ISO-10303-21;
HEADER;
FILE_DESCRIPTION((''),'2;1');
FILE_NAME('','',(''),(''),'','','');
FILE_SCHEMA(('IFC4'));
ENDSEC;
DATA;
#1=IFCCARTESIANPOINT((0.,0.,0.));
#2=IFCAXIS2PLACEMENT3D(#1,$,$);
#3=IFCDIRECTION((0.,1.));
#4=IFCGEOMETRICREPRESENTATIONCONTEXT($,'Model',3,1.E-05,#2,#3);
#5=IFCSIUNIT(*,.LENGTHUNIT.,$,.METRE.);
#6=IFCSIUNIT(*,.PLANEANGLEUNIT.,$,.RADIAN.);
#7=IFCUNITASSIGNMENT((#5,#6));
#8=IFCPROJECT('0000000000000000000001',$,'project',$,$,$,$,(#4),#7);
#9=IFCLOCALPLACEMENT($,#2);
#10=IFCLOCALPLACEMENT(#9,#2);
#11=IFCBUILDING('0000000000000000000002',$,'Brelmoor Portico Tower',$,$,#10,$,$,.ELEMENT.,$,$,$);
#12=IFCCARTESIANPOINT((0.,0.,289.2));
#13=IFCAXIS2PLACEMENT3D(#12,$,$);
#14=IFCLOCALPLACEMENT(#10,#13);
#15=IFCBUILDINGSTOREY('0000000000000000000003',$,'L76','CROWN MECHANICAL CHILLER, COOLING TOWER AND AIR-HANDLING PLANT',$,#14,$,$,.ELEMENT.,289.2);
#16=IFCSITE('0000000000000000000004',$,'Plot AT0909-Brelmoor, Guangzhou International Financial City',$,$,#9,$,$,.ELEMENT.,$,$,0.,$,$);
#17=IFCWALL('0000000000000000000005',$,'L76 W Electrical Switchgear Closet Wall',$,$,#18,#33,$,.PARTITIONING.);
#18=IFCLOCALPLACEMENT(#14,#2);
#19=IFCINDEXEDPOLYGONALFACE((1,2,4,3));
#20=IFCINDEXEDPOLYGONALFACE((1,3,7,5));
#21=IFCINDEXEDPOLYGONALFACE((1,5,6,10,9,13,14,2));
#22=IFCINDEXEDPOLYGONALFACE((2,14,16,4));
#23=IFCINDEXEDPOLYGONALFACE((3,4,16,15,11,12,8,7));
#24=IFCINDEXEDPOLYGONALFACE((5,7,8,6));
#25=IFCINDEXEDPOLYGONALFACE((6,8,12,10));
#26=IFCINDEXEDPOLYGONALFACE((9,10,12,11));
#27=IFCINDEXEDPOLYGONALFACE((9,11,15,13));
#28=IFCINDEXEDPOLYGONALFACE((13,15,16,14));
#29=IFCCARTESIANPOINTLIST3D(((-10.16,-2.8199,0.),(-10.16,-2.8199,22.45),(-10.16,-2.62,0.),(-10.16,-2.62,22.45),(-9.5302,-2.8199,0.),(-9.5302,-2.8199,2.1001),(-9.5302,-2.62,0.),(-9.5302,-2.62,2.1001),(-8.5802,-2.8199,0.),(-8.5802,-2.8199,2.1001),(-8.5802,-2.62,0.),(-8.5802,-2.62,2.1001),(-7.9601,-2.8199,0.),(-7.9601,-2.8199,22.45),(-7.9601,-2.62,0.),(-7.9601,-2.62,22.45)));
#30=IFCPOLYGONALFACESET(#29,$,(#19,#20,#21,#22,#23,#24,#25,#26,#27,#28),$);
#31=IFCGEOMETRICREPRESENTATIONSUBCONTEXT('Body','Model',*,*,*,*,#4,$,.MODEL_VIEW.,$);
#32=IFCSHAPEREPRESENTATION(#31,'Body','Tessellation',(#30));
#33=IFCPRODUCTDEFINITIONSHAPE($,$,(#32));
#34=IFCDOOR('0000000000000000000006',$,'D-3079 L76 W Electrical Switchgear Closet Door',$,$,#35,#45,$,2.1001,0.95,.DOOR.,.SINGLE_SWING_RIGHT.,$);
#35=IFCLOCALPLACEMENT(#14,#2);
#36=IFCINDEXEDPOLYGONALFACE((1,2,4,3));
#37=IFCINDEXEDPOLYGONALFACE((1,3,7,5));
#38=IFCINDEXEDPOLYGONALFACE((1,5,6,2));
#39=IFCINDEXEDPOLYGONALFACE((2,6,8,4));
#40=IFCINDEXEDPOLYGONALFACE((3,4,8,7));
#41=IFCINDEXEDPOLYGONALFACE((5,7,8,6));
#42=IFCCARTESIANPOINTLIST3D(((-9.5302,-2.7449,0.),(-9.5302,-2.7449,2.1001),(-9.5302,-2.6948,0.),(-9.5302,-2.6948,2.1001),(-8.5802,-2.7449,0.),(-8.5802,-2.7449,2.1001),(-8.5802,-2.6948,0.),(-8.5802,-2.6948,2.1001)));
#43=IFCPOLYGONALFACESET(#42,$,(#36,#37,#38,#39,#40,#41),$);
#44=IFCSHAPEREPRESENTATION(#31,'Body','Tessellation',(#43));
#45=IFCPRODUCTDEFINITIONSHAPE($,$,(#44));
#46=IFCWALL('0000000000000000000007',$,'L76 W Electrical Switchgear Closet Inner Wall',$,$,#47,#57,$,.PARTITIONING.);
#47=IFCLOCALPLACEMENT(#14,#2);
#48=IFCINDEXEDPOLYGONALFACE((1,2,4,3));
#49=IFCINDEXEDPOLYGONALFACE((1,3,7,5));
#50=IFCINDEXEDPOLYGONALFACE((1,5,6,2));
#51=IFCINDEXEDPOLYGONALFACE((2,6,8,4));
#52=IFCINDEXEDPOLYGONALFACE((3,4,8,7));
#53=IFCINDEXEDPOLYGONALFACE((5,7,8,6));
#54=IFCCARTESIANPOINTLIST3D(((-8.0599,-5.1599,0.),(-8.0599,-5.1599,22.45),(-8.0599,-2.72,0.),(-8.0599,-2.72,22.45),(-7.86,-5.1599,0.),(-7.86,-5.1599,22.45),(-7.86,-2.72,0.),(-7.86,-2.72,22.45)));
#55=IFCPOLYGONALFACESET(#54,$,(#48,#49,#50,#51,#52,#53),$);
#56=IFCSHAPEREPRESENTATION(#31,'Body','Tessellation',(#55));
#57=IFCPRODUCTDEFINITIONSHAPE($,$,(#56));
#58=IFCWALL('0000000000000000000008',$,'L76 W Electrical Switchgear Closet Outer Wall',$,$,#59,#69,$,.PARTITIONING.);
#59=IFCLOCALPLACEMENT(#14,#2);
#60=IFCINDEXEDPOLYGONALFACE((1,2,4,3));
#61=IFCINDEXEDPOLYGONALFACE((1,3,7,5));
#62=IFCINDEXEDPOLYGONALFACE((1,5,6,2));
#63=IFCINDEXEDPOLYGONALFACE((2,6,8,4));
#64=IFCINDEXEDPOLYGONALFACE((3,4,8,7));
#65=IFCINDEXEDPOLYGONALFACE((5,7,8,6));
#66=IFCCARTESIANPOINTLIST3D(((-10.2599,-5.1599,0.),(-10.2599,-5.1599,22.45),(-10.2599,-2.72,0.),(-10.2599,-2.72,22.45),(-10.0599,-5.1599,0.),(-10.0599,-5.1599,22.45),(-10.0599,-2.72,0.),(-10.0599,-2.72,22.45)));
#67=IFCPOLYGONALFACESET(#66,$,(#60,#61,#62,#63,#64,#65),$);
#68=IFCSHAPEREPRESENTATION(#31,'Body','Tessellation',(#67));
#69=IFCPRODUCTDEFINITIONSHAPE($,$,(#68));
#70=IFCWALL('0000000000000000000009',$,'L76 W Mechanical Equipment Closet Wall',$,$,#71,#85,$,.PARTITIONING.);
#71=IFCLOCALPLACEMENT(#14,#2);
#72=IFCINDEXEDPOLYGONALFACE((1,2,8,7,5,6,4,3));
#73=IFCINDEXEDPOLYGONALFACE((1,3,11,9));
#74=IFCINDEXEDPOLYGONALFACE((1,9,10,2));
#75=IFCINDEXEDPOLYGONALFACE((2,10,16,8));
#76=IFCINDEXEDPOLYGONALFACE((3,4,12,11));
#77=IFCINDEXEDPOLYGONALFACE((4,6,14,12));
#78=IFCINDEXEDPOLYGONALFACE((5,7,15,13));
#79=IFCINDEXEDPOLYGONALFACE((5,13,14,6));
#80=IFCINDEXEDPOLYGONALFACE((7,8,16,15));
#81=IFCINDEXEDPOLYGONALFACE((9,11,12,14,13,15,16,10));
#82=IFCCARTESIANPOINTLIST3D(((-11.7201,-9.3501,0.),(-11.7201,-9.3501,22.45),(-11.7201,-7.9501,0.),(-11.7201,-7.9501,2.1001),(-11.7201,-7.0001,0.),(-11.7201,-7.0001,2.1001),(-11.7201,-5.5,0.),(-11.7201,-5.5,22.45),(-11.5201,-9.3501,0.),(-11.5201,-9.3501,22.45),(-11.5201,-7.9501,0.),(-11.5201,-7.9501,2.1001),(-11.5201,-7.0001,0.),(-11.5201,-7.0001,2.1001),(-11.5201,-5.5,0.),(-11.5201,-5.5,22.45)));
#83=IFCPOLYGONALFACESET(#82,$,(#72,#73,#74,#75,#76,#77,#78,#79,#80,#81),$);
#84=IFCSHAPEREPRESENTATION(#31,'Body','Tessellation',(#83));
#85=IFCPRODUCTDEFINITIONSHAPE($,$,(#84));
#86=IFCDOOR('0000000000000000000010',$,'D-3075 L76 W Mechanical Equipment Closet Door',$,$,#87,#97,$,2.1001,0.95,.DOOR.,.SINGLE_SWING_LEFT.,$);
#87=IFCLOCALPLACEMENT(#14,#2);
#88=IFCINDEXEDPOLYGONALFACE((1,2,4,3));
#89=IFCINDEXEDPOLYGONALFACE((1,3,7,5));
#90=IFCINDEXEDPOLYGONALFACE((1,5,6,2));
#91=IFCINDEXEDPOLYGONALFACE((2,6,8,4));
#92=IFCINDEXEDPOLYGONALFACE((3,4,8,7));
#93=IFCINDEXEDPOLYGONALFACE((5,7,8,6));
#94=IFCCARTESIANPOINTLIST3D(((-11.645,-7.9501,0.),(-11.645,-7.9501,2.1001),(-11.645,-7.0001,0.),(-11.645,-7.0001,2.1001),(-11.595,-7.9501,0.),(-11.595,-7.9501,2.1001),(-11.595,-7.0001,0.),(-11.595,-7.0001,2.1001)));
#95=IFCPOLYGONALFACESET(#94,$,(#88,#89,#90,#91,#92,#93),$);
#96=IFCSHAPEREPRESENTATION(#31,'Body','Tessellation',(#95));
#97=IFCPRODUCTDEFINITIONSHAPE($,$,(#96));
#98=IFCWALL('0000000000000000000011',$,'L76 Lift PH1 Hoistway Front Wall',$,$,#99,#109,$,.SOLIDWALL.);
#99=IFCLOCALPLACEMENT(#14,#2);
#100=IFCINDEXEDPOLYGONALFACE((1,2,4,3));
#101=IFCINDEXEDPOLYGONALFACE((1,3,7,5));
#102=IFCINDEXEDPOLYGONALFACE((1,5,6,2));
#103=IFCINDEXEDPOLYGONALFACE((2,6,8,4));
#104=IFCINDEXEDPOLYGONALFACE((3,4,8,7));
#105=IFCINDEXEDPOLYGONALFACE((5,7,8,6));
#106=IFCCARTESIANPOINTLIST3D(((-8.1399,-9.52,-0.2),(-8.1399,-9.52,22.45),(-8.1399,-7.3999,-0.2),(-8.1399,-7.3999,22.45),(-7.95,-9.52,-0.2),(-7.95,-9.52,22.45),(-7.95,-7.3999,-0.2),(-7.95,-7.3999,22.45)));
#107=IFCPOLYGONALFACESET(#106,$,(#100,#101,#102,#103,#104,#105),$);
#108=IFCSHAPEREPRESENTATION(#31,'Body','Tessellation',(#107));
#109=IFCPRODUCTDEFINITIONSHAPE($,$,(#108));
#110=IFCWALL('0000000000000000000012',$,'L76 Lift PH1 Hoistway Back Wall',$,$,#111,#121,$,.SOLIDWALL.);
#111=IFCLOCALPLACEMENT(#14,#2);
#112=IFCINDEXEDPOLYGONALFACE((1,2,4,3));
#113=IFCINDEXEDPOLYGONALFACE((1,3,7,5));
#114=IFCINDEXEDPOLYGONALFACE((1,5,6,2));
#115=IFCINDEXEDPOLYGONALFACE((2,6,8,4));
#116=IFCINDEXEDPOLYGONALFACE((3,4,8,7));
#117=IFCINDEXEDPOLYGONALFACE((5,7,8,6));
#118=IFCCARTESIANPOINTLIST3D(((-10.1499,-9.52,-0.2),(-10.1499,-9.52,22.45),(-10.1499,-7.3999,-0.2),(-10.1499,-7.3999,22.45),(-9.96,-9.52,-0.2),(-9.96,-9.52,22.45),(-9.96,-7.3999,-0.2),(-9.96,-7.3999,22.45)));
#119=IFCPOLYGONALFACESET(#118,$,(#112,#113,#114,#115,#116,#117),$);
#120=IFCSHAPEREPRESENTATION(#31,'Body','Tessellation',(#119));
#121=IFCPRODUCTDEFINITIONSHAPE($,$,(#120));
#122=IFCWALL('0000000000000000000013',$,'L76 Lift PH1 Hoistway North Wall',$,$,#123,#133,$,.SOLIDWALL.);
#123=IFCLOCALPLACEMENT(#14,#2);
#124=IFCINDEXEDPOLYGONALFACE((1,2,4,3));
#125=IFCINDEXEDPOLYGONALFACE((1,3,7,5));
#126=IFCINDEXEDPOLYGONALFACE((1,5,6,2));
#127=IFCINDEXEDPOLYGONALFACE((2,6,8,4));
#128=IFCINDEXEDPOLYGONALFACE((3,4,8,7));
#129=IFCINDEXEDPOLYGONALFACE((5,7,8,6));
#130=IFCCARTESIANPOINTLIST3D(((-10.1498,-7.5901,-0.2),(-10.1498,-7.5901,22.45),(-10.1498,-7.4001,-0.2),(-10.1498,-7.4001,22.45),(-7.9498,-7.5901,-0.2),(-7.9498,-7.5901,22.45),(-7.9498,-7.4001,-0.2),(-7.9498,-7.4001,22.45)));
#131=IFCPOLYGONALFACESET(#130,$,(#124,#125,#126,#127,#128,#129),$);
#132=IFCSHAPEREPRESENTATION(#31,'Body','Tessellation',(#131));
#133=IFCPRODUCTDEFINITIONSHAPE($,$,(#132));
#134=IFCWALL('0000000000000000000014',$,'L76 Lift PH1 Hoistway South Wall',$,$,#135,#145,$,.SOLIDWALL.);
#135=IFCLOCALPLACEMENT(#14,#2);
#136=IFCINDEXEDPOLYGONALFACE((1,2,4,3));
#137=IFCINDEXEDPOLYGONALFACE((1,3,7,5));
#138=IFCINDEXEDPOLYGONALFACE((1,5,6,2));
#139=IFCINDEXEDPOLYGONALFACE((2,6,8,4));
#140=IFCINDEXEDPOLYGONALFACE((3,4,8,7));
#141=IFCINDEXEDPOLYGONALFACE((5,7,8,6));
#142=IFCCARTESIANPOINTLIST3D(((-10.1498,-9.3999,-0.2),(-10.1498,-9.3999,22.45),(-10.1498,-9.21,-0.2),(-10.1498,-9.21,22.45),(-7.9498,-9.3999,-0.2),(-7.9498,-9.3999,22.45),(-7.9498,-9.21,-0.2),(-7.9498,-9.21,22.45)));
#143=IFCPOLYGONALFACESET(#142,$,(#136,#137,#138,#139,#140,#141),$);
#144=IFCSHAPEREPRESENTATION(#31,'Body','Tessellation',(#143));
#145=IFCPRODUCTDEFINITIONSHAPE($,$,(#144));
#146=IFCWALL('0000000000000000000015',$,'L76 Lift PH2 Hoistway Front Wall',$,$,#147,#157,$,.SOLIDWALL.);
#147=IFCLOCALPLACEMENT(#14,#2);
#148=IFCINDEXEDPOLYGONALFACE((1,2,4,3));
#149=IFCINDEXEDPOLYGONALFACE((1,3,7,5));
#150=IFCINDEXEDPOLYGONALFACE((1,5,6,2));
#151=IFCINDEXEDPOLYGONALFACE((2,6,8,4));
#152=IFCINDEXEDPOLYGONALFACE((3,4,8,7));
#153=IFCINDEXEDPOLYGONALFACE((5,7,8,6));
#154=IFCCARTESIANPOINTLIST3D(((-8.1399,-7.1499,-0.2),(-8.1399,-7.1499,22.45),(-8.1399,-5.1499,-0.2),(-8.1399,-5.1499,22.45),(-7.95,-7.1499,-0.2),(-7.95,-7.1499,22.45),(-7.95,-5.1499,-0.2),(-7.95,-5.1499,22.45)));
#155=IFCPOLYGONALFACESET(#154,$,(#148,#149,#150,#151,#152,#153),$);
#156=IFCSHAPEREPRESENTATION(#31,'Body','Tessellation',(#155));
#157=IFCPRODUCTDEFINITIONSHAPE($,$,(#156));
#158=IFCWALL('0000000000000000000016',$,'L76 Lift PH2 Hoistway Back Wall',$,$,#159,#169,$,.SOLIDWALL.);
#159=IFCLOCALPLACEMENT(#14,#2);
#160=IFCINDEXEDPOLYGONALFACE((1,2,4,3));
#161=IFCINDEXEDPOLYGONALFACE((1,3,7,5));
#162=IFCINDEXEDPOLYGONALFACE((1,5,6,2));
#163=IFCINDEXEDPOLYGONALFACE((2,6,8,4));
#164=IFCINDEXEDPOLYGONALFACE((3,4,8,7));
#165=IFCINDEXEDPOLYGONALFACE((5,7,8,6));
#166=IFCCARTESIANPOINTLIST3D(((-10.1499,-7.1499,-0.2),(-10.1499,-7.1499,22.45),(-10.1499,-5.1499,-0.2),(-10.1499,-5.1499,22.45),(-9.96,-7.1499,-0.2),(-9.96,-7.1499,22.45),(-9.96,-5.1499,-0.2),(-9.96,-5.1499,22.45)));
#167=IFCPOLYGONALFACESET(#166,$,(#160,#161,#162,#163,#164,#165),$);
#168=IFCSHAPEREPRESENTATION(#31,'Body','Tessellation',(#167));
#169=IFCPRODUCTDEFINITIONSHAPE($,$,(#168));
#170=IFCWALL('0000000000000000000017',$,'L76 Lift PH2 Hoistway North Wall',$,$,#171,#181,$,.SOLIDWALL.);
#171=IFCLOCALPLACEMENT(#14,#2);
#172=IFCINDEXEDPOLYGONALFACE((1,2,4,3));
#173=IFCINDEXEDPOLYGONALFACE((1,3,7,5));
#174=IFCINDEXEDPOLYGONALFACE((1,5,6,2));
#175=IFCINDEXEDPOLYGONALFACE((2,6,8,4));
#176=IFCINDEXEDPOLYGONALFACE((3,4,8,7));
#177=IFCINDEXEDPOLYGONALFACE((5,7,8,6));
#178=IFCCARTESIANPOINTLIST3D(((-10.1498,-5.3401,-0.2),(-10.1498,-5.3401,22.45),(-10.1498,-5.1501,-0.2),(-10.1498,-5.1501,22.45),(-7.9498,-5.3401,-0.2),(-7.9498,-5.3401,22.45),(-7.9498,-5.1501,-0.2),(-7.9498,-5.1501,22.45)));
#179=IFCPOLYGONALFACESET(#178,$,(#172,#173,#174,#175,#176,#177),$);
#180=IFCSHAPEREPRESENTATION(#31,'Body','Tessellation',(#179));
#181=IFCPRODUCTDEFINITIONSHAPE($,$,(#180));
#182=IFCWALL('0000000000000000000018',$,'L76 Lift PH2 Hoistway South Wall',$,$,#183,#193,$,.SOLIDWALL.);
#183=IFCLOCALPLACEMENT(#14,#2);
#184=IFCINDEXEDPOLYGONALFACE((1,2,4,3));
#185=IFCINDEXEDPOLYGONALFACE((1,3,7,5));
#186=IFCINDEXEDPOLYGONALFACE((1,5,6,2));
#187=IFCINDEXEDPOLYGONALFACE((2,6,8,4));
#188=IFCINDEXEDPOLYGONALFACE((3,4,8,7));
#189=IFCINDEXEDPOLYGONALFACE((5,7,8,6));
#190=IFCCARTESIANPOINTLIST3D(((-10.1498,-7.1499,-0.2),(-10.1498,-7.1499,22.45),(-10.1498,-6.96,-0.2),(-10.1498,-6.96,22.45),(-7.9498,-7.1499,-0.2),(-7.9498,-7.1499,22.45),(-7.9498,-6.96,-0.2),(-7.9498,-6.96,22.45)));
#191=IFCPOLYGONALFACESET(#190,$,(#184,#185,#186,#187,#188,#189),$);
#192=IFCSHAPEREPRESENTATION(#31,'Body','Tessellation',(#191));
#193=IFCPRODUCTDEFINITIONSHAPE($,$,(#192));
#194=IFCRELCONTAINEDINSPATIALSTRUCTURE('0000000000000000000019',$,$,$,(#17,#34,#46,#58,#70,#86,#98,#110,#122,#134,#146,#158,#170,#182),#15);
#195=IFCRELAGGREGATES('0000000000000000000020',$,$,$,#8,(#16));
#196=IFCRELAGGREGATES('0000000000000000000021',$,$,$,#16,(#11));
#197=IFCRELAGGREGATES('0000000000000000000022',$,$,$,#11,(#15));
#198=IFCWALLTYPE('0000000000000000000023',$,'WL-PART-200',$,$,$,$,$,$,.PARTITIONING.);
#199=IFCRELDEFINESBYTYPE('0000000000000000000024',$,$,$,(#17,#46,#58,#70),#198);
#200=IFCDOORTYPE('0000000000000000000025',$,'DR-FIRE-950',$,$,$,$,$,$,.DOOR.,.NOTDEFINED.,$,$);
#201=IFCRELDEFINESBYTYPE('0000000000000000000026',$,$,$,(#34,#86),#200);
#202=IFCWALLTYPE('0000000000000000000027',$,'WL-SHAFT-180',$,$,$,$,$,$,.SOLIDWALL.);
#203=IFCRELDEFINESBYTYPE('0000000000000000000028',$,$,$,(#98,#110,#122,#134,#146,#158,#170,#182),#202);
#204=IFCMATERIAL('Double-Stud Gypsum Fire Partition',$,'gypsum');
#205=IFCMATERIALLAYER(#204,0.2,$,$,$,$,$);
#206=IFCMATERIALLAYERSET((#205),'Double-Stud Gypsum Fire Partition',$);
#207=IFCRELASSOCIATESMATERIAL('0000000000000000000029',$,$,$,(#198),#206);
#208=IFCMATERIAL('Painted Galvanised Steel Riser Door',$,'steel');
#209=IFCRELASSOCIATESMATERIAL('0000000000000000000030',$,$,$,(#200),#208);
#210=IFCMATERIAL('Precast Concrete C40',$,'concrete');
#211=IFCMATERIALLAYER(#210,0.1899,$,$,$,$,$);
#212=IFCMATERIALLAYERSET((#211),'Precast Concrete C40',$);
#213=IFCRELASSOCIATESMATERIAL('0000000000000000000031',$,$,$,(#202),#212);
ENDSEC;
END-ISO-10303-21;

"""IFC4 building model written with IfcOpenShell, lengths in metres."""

from ifc_helpers import new_model, si_unit, direction, frame, frame_2d, origin, place, context, subcontext, project, spatial, rectangle, extrude, material, layer, layer_set, type_object, element, fill, save


model = new_model("IFC4")

# Units and contexts
model_context = context("Model", 3, precision=1e-05, world=origin(), true_north=direction((0.0, 1.0)))
body_context = subcontext(model_context, "Body", "Model", "MODEL_VIEW")
ifc_project = project(units=[si_unit("LENGTHUNIT", "METRE"), si_unit("PLANEANGLEUNIT", "RADIAN")], contexts=[model_context])

# Site, building, storey
site_placement = place(None, origin())
site = spatial("IfcSite", under=ifc_project, at=site_placement, Name="Plot AT0909-Brelmoor, Guangzhou International Financial City", CompositionType="ELEMENT", RefElevation=0.0)
building_placement = place(site_placement, origin())
building = spatial("IfcBuilding", under=site, at=building_placement, Name="Brelmoor Portico Tower", CompositionType="ELEMENT")
storey_placement = place(building_placement, frame((0.0, 0.0, 289.2)))
storey = spatial("IfcBuildingStorey", under=building, at=storey_placement, Name="L76", Description="CROWN MECHANICAL CHILLER, COOLING TOWER AND AIR-HANDLING PLANT", CompositionType="ELEMENT", Elevation=289.2)

# Shared definitions
ifc_material_1 = material(Name="Double-Stud Gypsum Fire Partition", Category="gypsum")
ifc_layer_1 = layer(ifc_material_1, 0.2)
ifc_layer_set_1 = layer_set([ifc_layer_1], Name="Double-Stud Gypsum Fire Partition")
wall_type_1 = type_object("IfcWallType", Name="WL-PART-200", PredefinedType="PARTITIONING", material=ifc_layer_set_1)

# Wall, opening, door
wall_1_placement = place(storey_placement, frame((-7.96, -2.72, 0.0), z_axis=(0.0, 0.0, 1.0), x_axis=(-1.0, 0.0, 0.0)))
wall_1 = element("IfcWall", 1, at=wall_1_placement, inside=storey, type_object=wall_type_1, Name="L76 W Electrical Switchgear Closet Wall", PredefinedType="PARTITIONING", context=body_context, shape_type="SweptSolid", body=[
    extrude(rectangle(XDim=2.2, YDim=0.2, at=frame_2d((1.1001, 0.0))), origin(), (0.0, 0.0, 1.0), 22.45),
])
opening_1_placement = place(wall_1_placement, frame((0.6201, 0.0, 0.0)))
opening_1 = element("IfcOpeningElement", 2, at=opening_1_placement, cuts=wall_1, PredefinedType="OPENING", context=body_context, shape_type="SweptSolid", body=[
    extrude(rectangle(XDim=0.95, YDim=2.1001, at=frame_2d((0.4751, 1.05))), frame((0.0, 0.1099, 0.0), z_axis=(0.0, -1.0, 0.0), x_axis=(1.0, 0.0, 0.0)), (0.0, 0.0, 1.0), 0.22),
])
ifc_material_2 = material(Name="Painted Galvanised Steel Riser Door", Category="steel")
door_type_1 = type_object("IfcDoorType", Name="DR-FIRE-950", OperationType="NOTDEFINED", PredefinedType="DOOR", material=ifc_material_2)
door_1_placement = place(opening_1_placement, origin())
door_1 = element("IfcDoor", 3, at=door_1_placement, inside=storey, type_object=door_type_1, Name="D-3079 L76 W Electrical Switchgear Closet Door", OperationType="SINGLE_SWING_RIGHT", OverallHeight=2.1001, OverallWidth=0.95, PredefinedType="DOOR", context=body_context, shape_type="SweptSolid", body=[
    extrude(rectangle(XDim=0.95, YDim=2.1001, at=frame_2d((0.4751, 1.05))), frame((0.0, 0.0249, 0.0), z_axis=(0.0, -1.0, 0.0), x_axis=(1.0, 0.0, 0.0)), (0.0, 0.0, 1.0), 0.05),
])
fill(opening_1, door_1)

# Walls
for number, where, z_axis, x_axis, name in (
    (4, (-7.96, -5.1599, 0.0), (0.0, 0.0, 1.0), (0.0, 1.0, 0.0), "L76 W Electrical Switchgear Closet Inner Wall"),
    (5, (-10.1599, -5.1599, 0.0), (0.0, 0.0, 1.0), (0.0, 1.0, 0.0), "L76 W Electrical Switchgear Closet Outer Wall"),
):
    element("IfcWall", number, at=place(storey_placement, frame(where, z_axis=z_axis, x_axis=x_axis)), inside=storey, type_object=wall_type_1, Name=name, PredefinedType="PARTITIONING", context=body_context, shape_type="SweptSolid", body=[
        extrude(rectangle(XDim=2.4399, YDim=0.2, at=frame_2d((1.22, 0.0))), origin(), (0.0, 0.0, 1.0), 22.45),
    ])

# Wall, opening, door
wall_2_placement = place(storey_placement, frame((-11.6201, -9.3501, 0.0), z_axis=(0.0, 0.0, 1.0), x_axis=(0.0, 1.0, 0.0)))
wall_2 = element("IfcWall", 6, at=wall_2_placement, inside=storey, type_object=wall_type_1, Name="L76 W Mechanical Equipment Closet Wall", PredefinedType="PARTITIONING", context=body_context, shape_type="SweptSolid", body=[
    extrude(rectangle(XDim=3.8501, YDim=0.2, at=frame_2d((1.925, 0.0))), origin(), (0.0, 0.0, 1.0), 22.45),
])
opening_2_placement = place(wall_2_placement, frame((1.3999, 0.0, 0.0)))
opening_2 = element("IfcOpeningElement", 7, at=opening_2_placement, cuts=wall_2, PredefinedType="OPENING", context=body_context, shape_type="SweptSolid", body=[
    extrude(rectangle(XDim=0.95, YDim=2.1001, at=frame_2d((0.4751, 1.05))), frame((0.0, 0.1099, 0.0), z_axis=(0.0, -1.0, 0.0), x_axis=(1.0, 0.0, 0.0)), (0.0, 0.0, 1.0), 0.22),
])
door_2_placement = place(opening_2_placement, origin())
door_2 = element("IfcDoor", 8, at=door_2_placement, inside=storey, type_object=door_type_1, Name="D-3075 L76 W Mechanical Equipment Closet Door", OperationType="SINGLE_SWING_LEFT", OverallHeight=2.1001, OverallWidth=0.95, PredefinedType="DOOR", context=body_context, shape_type="SweptSolid", body=[
    extrude(rectangle(XDim=0.95, YDim=2.1001, at=frame_2d((0.4751, 1.05))), frame((0.0, 0.0249, 0.0), z_axis=(0.0, -1.0, 0.0), x_axis=(1.0, 0.0, 0.0)), (0.0, 0.0, 1.0), 0.05),
])
fill(opening_2, door_2)

# Walls
ifc_material_3 = material(Name="Precast Concrete C40", Category="concrete")
ifc_layer_2 = layer(ifc_material_3, 0.1899)
ifc_layer_set_2 = layer_set([ifc_layer_2], Name="Precast Concrete C40")
wall_type_2 = type_object("IfcWallType", Name="WL-SHAFT-180", PredefinedType="SOLIDWALL", material=ifc_layer_set_2)
for number, where, z_axis, x_axis, name in (
    (9, (-8.0449, -9.52, -0.2), (0.0, 0.0, 1.0), (0.0, 1.0, 0.0), "L76 Lift PH1 Hoistway Front Wall"),
    (10, (-10.0549, -9.52, -0.2), (0.0, 0.0, 1.0), (0.0, 1.0, 0.0), "L76 Lift PH1 Hoistway Back Wall"),
):
    element("IfcWall", number, at=place(storey_placement, frame(where, z_axis=z_axis, x_axis=x_axis)), inside=storey, type_object=wall_type_2, Name=name, PredefinedType="SOLIDWALL", context=body_context, shape_type="SweptSolid", body=[
        extrude(rectangle(XDim=2.1201, YDim=0.1899, at=frame_2d((1.0601, 0.0))), origin(), (0.0, 0.0, 1.0), 22.6499),
    ])
for number, where, z_axis, x_axis, name in (
    (11, (-10.1499, -7.4951, -0.2), (0.0, 0.0, 1.0), (1.0, 0.0, 0.0), "L76 Lift PH1 Hoistway North Wall"),
    (12, (-10.1499, -9.3049, -0.2), (0.0, 0.0, 1.0), (1.0, 0.0, 0.0), "L76 Lift PH1 Hoistway South Wall"),
):
    element("IfcWall", number, at=place(storey_placement, frame(where, z_axis=z_axis, x_axis=x_axis)), inside=storey, type_object=wall_type_2, Name=name, PredefinedType="SOLIDWALL", context=body_context, shape_type="SweptSolid", body=[
        extrude(rectangle(XDim=2.2, YDim=0.1899, at=frame_2d((1.1001, 0.0))), origin(), (0.0, 0.0, 1.0), 22.6499),
    ])
for number, where, z_axis, x_axis, name in (
    (13, (-8.0449, -7.1499, -0.2), (0.0, 0.0, 1.0), (0.0, 1.0, 0.0), "L76 Lift PH2 Hoistway Front Wall"),
    (14, (-10.0549, -7.1499, -0.2), (0.0, 0.0, 1.0), (0.0, 1.0, 0.0), "L76 Lift PH2 Hoistway Back Wall"),
):
    element("IfcWall", number, at=place(storey_placement, frame(where, z_axis=z_axis, x_axis=x_axis)), inside=storey, type_object=wall_type_2, Name=name, PredefinedType="SOLIDWALL", context=body_context, shape_type="SweptSolid", body=[
        extrude(rectangle(XDim=2.0, YDim=0.1899, at=frame_2d((1.0, 0.0))), origin(), (0.0, 0.0, 1.0), 22.6499),
    ])
for number, where, z_axis, x_axis, name in (
    (15, (-10.1499, -5.2451, -0.2), (0.0, 0.0, 1.0), (1.0, 0.0, 0.0), "L76 Lift PH2 Hoistway North Wall"),
    (16, (-10.1499, -7.0549, -0.2), (0.0, 0.0, 1.0), (1.0, 0.0, 0.0), "L76 Lift PH2 Hoistway South Wall"),
):
    element("IfcWall", number, at=place(storey_placement, frame(where, z_axis=z_axis, x_axis=x_axis)), inside=storey, type_object=wall_type_2, Name=name, PredefinedType="SOLIDWALL", context=body_context, shape_type="SweptSolid", body=[
        extrude(rectangle(XDim=2.2, YDim=0.1899, at=frame_2d((1.1001, 0.0))), origin(), (0.0, 0.0, 1.0), 22.6499),
    ])

save(model, "model.ifc")
